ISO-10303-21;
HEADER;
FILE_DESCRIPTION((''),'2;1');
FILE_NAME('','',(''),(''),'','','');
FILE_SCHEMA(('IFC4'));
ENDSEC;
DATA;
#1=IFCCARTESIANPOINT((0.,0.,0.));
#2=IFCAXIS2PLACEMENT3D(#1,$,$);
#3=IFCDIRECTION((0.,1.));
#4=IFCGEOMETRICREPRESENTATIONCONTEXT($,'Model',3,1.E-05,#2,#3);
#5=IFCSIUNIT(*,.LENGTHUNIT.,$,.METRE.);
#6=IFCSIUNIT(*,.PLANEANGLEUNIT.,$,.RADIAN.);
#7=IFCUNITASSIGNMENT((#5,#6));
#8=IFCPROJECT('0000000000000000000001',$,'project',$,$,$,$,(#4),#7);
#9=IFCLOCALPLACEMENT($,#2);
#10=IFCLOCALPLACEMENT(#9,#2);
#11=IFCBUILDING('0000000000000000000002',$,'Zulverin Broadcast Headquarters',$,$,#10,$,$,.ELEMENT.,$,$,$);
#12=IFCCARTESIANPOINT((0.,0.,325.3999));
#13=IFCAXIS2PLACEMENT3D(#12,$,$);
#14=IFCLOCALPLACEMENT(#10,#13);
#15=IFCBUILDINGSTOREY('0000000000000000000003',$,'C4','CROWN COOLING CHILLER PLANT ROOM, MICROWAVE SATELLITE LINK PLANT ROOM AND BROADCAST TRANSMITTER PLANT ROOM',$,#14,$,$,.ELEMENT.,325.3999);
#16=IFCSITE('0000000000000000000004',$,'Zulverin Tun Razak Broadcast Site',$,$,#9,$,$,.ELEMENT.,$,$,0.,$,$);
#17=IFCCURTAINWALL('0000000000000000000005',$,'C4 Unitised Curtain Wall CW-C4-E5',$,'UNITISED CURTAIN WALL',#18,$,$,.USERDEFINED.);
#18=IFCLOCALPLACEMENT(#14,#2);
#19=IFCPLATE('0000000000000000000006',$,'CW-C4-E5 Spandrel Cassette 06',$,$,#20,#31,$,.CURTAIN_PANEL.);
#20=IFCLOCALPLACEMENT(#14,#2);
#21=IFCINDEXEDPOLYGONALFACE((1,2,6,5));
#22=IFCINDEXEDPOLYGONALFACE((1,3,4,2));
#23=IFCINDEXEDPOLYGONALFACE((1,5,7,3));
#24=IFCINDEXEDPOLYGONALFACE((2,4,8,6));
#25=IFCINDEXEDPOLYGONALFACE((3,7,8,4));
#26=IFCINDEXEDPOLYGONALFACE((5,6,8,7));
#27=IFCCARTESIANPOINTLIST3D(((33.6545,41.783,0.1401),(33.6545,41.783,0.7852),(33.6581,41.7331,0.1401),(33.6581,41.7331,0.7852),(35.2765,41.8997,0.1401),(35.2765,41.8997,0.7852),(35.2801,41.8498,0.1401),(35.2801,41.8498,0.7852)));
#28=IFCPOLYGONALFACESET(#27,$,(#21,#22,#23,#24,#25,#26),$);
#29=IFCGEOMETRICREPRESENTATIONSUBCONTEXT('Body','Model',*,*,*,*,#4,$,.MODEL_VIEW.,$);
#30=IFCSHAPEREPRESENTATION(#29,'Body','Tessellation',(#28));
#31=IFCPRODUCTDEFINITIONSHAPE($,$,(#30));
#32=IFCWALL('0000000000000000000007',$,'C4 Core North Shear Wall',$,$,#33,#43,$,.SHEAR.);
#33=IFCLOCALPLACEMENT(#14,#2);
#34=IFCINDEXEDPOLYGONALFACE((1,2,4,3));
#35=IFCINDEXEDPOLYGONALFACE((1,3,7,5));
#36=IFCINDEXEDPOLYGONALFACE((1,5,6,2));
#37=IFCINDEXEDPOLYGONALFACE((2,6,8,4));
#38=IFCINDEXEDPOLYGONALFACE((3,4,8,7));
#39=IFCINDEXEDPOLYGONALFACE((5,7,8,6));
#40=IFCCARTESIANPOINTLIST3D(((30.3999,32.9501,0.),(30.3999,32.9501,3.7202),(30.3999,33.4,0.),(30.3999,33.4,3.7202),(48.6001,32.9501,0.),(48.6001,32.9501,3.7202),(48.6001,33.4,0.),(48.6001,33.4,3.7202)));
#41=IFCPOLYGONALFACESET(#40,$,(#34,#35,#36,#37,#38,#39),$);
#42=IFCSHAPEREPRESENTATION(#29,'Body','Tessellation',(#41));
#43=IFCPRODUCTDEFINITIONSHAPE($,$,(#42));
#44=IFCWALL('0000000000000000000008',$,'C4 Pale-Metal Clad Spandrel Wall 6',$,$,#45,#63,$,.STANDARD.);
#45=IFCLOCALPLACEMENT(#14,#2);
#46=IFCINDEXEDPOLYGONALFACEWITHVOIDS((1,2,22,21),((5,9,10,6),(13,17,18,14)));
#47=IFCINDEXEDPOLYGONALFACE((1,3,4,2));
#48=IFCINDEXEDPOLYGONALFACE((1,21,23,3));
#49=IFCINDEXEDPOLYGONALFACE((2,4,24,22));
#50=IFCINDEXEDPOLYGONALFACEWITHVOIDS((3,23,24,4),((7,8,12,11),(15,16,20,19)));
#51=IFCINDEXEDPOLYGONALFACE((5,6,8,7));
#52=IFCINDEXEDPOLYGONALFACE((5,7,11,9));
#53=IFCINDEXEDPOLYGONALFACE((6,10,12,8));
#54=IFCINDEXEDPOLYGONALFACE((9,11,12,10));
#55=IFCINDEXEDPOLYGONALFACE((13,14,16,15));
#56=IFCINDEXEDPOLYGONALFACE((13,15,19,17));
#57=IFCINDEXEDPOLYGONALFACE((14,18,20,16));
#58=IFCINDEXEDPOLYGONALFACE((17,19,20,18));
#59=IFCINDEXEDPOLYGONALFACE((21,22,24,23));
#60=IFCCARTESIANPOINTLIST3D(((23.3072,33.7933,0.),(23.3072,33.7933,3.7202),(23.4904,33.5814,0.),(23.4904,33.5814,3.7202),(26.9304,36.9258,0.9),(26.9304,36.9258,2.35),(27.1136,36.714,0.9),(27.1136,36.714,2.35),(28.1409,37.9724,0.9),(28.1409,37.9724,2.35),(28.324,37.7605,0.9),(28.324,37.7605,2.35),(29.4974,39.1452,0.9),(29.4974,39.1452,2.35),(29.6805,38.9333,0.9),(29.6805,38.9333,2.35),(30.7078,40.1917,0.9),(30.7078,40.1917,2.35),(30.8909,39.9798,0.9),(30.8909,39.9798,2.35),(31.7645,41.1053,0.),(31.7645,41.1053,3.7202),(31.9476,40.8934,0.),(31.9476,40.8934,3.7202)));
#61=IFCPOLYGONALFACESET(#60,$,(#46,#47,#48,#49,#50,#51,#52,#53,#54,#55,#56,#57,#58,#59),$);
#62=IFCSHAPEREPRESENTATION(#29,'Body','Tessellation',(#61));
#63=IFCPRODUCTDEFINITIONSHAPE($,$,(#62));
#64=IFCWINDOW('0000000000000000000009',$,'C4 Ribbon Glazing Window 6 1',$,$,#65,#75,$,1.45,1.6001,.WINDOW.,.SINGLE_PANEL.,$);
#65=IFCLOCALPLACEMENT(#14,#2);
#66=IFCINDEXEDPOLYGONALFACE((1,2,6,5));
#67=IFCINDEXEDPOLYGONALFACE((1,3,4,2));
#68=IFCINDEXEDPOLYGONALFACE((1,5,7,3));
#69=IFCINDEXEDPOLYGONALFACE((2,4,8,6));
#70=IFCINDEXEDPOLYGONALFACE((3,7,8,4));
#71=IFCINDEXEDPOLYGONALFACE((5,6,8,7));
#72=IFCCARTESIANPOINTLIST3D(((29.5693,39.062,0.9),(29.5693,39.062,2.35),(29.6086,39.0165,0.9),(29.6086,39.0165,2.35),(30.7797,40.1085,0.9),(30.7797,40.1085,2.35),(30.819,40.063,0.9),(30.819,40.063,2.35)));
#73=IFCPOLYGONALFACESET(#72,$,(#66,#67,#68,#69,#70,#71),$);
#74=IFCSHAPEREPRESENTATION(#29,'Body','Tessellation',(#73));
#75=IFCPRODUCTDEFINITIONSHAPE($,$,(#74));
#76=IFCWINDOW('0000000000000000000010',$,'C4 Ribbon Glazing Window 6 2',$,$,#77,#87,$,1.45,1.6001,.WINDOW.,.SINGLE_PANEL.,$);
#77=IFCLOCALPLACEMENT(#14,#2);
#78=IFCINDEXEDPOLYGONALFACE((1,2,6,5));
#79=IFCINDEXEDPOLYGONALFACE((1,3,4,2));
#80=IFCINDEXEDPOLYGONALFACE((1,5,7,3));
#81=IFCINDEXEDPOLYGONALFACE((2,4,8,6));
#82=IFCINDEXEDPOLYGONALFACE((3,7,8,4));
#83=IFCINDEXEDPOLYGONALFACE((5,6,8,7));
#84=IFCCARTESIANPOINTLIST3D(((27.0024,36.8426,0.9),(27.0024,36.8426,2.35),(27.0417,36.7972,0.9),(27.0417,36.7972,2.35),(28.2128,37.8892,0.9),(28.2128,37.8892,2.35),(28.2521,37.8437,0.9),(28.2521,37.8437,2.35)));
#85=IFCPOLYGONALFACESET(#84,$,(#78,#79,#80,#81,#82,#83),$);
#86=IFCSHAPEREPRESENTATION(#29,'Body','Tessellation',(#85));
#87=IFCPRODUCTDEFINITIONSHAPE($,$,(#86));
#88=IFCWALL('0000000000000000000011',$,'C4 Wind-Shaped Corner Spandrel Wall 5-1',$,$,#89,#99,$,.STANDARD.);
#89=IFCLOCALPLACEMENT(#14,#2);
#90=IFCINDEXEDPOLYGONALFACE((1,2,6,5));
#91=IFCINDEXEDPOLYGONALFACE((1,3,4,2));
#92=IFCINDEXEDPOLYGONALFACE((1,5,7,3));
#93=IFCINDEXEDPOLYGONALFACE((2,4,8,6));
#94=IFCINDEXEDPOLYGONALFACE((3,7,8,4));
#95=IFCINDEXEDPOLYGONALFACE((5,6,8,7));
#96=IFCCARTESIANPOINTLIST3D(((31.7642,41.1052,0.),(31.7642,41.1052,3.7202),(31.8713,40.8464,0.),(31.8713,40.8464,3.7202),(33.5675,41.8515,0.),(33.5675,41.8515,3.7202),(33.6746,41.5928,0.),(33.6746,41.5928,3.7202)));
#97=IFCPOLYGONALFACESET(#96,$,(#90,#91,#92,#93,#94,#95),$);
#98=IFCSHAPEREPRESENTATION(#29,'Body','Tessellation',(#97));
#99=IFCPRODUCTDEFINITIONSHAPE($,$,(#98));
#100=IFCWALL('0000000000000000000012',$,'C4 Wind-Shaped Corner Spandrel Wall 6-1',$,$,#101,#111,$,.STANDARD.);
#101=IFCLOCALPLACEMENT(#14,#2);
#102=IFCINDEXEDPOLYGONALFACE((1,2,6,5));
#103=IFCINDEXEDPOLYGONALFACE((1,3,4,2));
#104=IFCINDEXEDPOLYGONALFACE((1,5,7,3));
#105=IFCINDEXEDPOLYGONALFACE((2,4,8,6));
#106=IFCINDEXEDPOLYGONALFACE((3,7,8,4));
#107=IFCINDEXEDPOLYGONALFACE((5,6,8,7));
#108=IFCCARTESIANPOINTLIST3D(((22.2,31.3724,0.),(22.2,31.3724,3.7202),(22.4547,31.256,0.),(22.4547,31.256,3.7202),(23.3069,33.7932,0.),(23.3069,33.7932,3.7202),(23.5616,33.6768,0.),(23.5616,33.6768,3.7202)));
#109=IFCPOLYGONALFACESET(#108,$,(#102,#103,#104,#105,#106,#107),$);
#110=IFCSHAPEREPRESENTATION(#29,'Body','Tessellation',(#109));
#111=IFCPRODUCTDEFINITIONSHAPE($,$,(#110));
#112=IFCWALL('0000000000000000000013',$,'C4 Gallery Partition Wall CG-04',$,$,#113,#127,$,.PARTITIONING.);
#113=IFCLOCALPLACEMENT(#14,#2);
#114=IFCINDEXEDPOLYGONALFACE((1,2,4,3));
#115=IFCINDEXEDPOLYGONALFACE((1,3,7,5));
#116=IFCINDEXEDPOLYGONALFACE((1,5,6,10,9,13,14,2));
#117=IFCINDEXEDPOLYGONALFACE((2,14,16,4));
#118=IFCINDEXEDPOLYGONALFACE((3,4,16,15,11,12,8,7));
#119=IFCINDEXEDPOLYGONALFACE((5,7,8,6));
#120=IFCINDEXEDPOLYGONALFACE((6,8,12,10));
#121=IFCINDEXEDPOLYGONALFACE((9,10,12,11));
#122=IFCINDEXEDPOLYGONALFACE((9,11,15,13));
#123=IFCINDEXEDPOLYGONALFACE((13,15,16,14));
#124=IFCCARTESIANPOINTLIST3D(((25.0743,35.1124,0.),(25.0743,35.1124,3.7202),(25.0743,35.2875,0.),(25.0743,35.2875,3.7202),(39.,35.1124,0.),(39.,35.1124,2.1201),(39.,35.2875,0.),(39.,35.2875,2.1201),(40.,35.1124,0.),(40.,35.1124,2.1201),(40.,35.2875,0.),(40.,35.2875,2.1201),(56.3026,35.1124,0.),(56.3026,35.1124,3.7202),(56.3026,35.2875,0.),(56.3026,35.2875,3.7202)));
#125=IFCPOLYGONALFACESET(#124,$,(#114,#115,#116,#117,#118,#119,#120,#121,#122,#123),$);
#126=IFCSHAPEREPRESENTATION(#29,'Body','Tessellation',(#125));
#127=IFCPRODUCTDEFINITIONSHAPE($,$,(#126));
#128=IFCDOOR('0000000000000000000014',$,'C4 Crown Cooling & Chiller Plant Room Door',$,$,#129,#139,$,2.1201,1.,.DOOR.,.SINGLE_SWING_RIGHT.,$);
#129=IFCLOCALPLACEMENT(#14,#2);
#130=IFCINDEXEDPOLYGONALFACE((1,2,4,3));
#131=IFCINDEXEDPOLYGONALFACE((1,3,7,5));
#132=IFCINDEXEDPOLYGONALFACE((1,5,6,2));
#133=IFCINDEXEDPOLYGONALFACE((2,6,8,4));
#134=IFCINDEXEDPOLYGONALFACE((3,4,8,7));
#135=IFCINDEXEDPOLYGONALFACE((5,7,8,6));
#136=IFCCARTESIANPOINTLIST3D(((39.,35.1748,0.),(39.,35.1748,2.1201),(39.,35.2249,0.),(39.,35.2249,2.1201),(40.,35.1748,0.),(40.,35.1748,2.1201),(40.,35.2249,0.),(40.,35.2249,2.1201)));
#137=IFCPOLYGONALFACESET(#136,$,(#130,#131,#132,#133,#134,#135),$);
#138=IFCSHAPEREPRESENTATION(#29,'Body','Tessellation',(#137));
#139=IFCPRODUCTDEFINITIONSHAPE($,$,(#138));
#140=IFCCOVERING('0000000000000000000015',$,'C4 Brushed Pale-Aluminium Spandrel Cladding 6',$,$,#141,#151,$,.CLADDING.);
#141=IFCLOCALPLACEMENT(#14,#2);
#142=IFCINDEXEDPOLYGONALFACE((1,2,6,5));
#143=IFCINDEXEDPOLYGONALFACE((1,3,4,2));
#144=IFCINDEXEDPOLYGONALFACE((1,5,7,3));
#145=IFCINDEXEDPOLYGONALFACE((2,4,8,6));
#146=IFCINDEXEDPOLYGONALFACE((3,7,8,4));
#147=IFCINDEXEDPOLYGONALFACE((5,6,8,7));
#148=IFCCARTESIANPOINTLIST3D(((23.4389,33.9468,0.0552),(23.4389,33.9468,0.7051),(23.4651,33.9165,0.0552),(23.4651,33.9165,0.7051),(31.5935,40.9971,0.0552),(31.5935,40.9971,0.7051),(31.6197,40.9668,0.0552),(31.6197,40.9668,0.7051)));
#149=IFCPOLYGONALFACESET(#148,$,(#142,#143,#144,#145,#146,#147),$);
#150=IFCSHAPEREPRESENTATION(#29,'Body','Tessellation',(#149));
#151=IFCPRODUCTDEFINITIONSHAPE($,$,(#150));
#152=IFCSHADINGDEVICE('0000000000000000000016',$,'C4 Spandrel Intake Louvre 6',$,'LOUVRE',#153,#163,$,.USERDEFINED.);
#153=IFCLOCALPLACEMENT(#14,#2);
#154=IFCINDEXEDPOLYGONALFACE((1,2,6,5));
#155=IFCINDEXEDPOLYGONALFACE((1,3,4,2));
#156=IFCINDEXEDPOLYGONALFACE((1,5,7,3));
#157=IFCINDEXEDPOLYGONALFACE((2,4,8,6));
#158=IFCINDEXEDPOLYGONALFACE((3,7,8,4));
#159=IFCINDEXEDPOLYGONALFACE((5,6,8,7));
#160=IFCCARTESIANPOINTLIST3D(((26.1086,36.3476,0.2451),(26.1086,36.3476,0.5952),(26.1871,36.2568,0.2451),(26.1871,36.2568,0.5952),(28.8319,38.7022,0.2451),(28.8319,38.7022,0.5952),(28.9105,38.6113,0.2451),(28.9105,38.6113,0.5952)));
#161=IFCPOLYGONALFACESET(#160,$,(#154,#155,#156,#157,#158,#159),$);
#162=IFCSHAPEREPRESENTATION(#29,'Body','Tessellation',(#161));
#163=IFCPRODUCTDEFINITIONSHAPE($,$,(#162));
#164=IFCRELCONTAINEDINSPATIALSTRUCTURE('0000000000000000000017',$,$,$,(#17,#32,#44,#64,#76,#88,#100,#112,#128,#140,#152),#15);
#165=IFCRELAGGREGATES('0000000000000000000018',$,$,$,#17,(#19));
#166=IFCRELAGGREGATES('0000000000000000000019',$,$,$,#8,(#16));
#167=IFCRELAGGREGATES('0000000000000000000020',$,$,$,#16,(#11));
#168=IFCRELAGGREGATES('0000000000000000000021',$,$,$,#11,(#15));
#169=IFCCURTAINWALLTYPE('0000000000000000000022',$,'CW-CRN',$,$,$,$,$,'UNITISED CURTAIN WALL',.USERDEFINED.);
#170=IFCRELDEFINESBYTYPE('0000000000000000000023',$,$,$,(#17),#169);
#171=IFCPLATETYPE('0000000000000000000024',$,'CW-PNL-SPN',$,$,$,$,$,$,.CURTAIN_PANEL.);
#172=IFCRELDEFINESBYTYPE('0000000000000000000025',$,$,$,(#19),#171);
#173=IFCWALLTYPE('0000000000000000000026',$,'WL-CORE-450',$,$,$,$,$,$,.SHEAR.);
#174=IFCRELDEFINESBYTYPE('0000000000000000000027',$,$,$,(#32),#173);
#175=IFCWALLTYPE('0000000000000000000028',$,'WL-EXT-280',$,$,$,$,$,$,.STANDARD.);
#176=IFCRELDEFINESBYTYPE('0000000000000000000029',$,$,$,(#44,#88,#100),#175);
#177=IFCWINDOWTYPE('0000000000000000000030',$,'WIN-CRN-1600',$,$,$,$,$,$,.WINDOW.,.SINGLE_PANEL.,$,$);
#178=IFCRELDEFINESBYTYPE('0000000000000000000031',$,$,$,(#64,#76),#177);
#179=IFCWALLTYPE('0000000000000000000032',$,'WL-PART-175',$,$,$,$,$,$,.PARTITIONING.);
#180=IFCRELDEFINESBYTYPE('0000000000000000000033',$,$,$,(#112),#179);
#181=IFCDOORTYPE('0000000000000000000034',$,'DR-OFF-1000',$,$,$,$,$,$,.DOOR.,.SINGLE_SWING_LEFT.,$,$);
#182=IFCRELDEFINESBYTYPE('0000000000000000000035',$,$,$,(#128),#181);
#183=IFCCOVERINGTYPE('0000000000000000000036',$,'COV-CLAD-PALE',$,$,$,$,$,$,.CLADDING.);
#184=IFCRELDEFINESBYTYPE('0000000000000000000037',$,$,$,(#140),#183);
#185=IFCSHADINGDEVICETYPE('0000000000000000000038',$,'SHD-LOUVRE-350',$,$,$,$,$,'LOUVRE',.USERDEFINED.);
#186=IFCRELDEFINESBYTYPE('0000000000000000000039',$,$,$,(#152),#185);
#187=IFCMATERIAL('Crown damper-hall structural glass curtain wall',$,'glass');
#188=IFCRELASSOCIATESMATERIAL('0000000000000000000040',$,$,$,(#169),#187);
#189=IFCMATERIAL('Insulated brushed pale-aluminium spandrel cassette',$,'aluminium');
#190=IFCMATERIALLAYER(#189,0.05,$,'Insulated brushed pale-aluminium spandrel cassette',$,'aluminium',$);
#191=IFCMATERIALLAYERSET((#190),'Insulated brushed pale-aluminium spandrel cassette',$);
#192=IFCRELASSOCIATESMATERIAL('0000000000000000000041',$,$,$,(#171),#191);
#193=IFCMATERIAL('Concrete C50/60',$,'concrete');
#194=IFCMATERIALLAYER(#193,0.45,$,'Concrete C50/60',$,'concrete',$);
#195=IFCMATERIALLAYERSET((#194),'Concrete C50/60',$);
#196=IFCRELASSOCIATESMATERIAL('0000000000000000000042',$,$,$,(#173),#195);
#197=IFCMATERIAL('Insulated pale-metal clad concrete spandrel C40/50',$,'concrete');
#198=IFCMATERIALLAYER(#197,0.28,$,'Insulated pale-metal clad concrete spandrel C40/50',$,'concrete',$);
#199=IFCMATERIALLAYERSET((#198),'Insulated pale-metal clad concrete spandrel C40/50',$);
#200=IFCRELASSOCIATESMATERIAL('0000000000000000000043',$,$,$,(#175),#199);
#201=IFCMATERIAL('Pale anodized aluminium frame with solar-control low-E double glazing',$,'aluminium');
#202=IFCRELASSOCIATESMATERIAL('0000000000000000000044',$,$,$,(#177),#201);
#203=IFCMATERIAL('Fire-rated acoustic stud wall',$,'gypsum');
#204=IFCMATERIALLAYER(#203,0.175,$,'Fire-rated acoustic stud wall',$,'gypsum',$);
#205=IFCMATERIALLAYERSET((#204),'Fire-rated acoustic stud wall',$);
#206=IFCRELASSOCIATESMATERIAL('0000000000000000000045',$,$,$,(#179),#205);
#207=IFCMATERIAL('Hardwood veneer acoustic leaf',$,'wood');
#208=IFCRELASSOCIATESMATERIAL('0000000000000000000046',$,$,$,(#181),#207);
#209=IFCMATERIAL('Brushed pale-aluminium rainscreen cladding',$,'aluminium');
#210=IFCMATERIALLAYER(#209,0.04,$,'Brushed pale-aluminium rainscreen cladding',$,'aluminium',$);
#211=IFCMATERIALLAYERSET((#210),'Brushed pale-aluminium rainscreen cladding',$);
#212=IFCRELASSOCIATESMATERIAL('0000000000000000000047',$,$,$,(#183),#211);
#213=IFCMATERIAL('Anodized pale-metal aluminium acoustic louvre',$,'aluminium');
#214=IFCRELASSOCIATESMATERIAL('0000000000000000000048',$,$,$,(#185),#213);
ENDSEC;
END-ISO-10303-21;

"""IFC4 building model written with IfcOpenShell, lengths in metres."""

from ifc_helpers import new_model, si_unit, direction, frame, frame_2d, origin, origin_2d, place, context, subcontext, project, spatial, rectangle, extrude, material, layer, layer_set, type_object, element, fill, aggregate, save


model = new_model("IFC4")

# Units and contexts
model_context = context("Model", 3, precision=1e-05, world=origin(), true_north=direction((0.0, 1.0)))
body_context = subcontext(model_context, "Body", "Model", "MODEL_VIEW")
ifc_project = project(units=[si_unit("LENGTHUNIT", "METRE"), si_unit("PLANEANGLEUNIT", "RADIAN")], contexts=[model_context])

# Site, building, storey
site_placement = place(None, origin())
site = spatial("IfcSite", under=ifc_project, at=site_placement, Name="Zulverin Tun Razak Broadcast Site", CompositionType="ELEMENT", RefElevation=0.0)
building_placement = place(site_placement, origin())
building = spatial("IfcBuilding", under=site, at=building_placement, Name="Zulverin Broadcast Headquarters", CompositionType="ELEMENT")
storey_placement = place(building_placement, frame((0.0, 0.0, 325.3999)))
storey = spatial("IfcBuildingStorey", under=building, at=storey_placement, Name="C4", Description="CROWN COOLING CHILLER PLANT ROOM, MICROWAVE SATELLITE LINK PLANT ROOM AND BROADCAST TRANSMITTER PLANT ROOM", CompositionType="ELEMENT", Elevation=325.3999)

# Shared definitions
ifc_material_1 = material(Name="Concrete C50/60", Category="concrete")

# Curtain wall, plate
ifc_material_2 = material(Name="Crown damper-hall structural glass curtain wall", Category="glass")
curtain_wall_type = type_object("IfcCurtainWallType", Name="CW-CRN", ElementType="UNITISED CURTAIN WALL", PredefinedType="USERDEFINED", material=ifc_material_2)
curtain_wall_placement = place(storey_placement, origin())
curtain_wall = element("IfcCurtainWall", 1, at=curtain_wall_placement, inside=storey, type_object=curtain_wall_type, Name="C4 Unitised Curtain Wall CW-C4-E5", ObjectType="UNITISED CURTAIN WALL", PredefinedType="USERDEFINED")
ifc_material_3 = material(Name="Insulated brushed pale-aluminium spandrel cassette", Category="aluminium")
ifc_layer_1 = layer(ifc_material_3, 0.05, Name="Insulated brushed pale-aluminium spandrel cassette", Category="aluminium")
ifc_layer_set_1 = layer_set([ifc_layer_1], Name="Insulated brushed pale-aluminium spandrel cassette")
plate_type_1 = type_object("IfcPlateType", Name="CW-PNL-SPN", PredefinedType="CURTAIN_PANEL", material=ifc_layer_set_1)
plate_1_placement = place(storey_placement, frame((34.4673, 41.8164, 0.1401), z_axis=(0.0, 0.0, 1.0), x_axis=(-0.997421, -0.071771, 0.0)))
plate_1 = element("IfcPlate", 2, at=plate_1_placement, type_object=plate_type_1, Name="CW-C4-E5 Spandrel Cassette 06", PredefinedType="CURTAIN_PANEL", context=body_context, shape_type="SweptSolid", body=[
    extrude(rectangle(XDim=1.6262, YDim=0.05, at=origin_2d()), origin(), (0.0, 0.0, 1.0), 0.645),
])
aggregate(curtain_wall, [plate_1])

# Wall
ifc_layer_2 = layer(ifc_material_1, 0.45, Name="Concrete C50/60", Category="concrete")
ifc_layer_set_2 = layer_set([ifc_layer_2], Name="Concrete C50/60")
wall_type_1 = type_object("IfcWallType", Name="WL-CORE-450", PredefinedType="SHEAR", material=ifc_layer_set_2)
wall_1_placement = place(storey_placement, frame((30.3999, 33.175, 0.0), z_axis=(0.0, 0.0, 1.0), x_axis=(1.0, 0.0, 0.0)))
element("IfcWall", 3, at=wall_1_placement, inside=storey, type_object=wall_type_1, Name="C4 Core North Shear Wall", PredefinedType="SHEAR", context=body_context, shape_type="SweptSolid", body=[
    extrude(rectangle(XDim=18.2002, YDim=0.45, at=frame_2d((9.1001, 0.0))), origin(), (0.0, 0.0, 1.0), 3.7202),
])

# Wall, openings, windows
ifc_material_4 = material(Name="Insulated pale-metal clad concrete spandrel C40/50", Category="concrete")
ifc_layer_3 = layer(ifc_material_4, 0.28, Name="Insulated pale-metal clad concrete spandrel C40/50", Category="concrete")
ifc_layer_set_3 = layer_set([ifc_layer_3], Name="Insulated pale-metal clad concrete spandrel C40/50")
wall_type_2 = type_object("IfcWallType", Name="WL-EXT-280", PredefinedType="STANDARD", material=ifc_layer_set_3)
wall_2_placement = place(storey_placement, frame((31.856, 40.9993, 0.0), z_axis=(0.0, 0.0, 1.0), x_axis=(-0.756469, -0.65403, 0.0)))
wall_2 = element("IfcWall", 4, at=wall_2_placement, inside=storey, type_object=wall_type_2, Name="C4 Pale-Metal Clad Spandrel Wall 6", PredefinedType="STANDARD", context=body_context, shape_type="SweptSolid", body=[
    extrude(rectangle(XDim=11.1799, YDim=0.28, at=frame_2d((5.5898, 0.0))), origin(), (0.0, 0.0, 1.0), 3.7202),
])
opening_1_placement = place(wall_2_placement, frame((1.3967, 0.0, 0.8999)))
opening_1 = element("IfcOpeningElement", 5, at=opening_1_placement, cuts=wall_2, PredefinedType="OPENING", context=body_context, shape_type="SweptSolid", body=[
    extrude(rectangle(XDim=1.6001, YDim=1.45, at=frame_2d((0.8, 0.7251))), frame((0.0, 0.1499, 0.0), z_axis=(0.0, -1.0, 0.0), x_axis=(1.0, 0.0, 0.0)), (0.0, 0.0, 1.0), 0.3),
])
opening_2_placement = place(wall_2_placement, frame((4.79, 0.0, 0.8999)))
opening_2 = element("IfcOpeningElement", 6, at=opening_2_placement, cuts=wall_2, PredefinedType="OPENING", context=body_context, shape_type="SweptSolid", body=[
    extrude(rectangle(XDim=1.6001, YDim=1.45, at=frame_2d((0.8, 0.7251))), frame((0.0, 0.1499, 0.0), z_axis=(0.0, -1.0, 0.0), x_axis=(1.0, 0.0, 0.0)), (0.0, 0.0, 1.0), 0.3),
])
ifc_material_5 = material(Name="Pale anodized aluminium frame with solar-control low-E double glazing", Category="aluminium")
window_type = type_object("IfcWindowType", Name="WIN-CRN-1600", PartitioningType="SINGLE_PANEL", PredefinedType="WINDOW", material=ifc_material_5)
window_1_placement = place(opening_1_placement, origin())
window_1 = element("IfcWindow", 7, at=window_1_placement, inside=storey, type_object=window_type, Name="C4 Ribbon Glazing Window 6 1", OverallHeight=1.45, OverallWidth=1.6001, PartitioningType="SINGLE_PANEL", PredefinedType="WINDOW", context=body_context, shape_type="SweptSolid", body=[
    extrude(rectangle(XDim=1.6001, YDim=1.45, at=frame_2d((0.8, 0.7251))), frame((0.0, 0.03, 0.0), z_axis=(0.0, -1.0, 0.0), x_axis=(1.0, 0.0, 0.0)), (0.0, 0.0, 1.0), 0.0601),
])
fill(opening_1, window_1)
window_2_placement = place(opening_2_placement, origin())
window_2 = element("IfcWindow", 8, at=window_2_placement, inside=storey, type_object=window_type, Name="C4 Ribbon Glazing Window 6 2", OverallHeight=1.45, OverallWidth=1.6001, PartitioningType="SINGLE_PANEL", PredefinedType="WINDOW", context=body_context, shape_type="SweptSolid", body=[
    extrude(rectangle(XDim=1.6001, YDim=1.45, at=frame_2d((0.8, 0.7251))), frame((0.0, 0.03, 0.0), z_axis=(0.0, -1.0, 0.0), x_axis=(1.0, 0.0, 0.0)), (0.0, 0.0, 1.0), 0.0601),
])
fill(opening_2, window_2)

# Walls
wall_3_placement = place(storey_placement, frame((33.6211, 41.7222, 0.0), z_axis=(0.0, 0.0, 1.0), x_axis=(-0.923985, -0.382429, 0.0)))
element("IfcWall", 9, at=wall_3_placement, inside=storey, type_object=wall_type_2, Name="C4 Wind-Shaped Corner Spandrel Wall 5-1", PredefinedType="STANDARD", context=body_context, shape_type="SweptSolid", body=[
    extrude(rectangle(XDim=1.9517, YDim=0.28, at=frame_2d((0.9758, 0.0))), origin(), (0.0, 0.0, 1.0), 3.7202),
])
wall_4_placement = place(storey_placement, frame((23.4343, 33.7351, 0.0), z_axis=(0.0, 0.0, 1.0), x_axis=(-0.415833, -0.909441, 0.0)))
element("IfcWall", 10, at=wall_4_placement, inside=storey, type_object=wall_type_2, Name="C4 Wind-Shaped Corner Spandrel Wall 6-1", PredefinedType="STANDARD", context=body_context, shape_type="SweptSolid", body=[
    extrude(rectangle(XDim=2.6619, YDim=0.28, at=frame_2d((1.3311, 0.0))), origin(), (0.0, 0.0, 1.0), 3.7202),
])

# Wall, opening, door
ifc_material_6 = material(Name="Fire-rated acoustic stud wall", Category="gypsum")
ifc_layer_4 = layer(ifc_material_6, 0.175, Name="Fire-rated acoustic stud wall", Category="gypsum")
ifc_layer_set_4 = layer_set([ifc_layer_4], Name="Fire-rated acoustic stud wall")
wall_type_3 = type_object("IfcWallType", Name="WL-PART-175", PredefinedType="PARTITIONING", material=ifc_layer_set_4)
wall_5_placement = place(storey_placement, frame((25.0742, 35.2, 0.0), z_axis=(0.0, 0.0, 1.0), x_axis=(1.0, 0.0, 0.0)))
wall_5 = element("IfcWall", 11, at=wall_5_placement, inside=storey, type_object=wall_type_3, Name="C4 Gallery Partition Wall CG-04", PredefinedType="PARTITIONING", context=body_context, shape_type="SweptSolid", body=[
    extrude(rectangle(XDim=31.2283, YDim=0.175, at=frame_2d((15.6143, 0.0))), origin(), (0.0, 0.0, 1.0), 3.7202),
])
opening_3_placement = place(wall_5_placement, frame((13.9258, 0.0, 0.0)))
opening_3 = element("IfcOpeningElement", 12, at=opening_3_placement, cuts=wall_5, PredefinedType="OPENING", context=body_context, shape_type="SweptSolid", body=[
    extrude(rectangle(XDim=1.0, YDim=2.1201, at=frame_2d((0.5, 1.0601))), frame((0.0, 0.0974, 0.0), z_axis=(0.0, -1.0, 0.0), x_axis=(1.0, 0.0, 0.0)), (0.0, 0.0, 1.0), 0.1951),
])
ifc_material_7 = material(Name="Hardwood veneer acoustic leaf", Category="wood")
door_type = type_object("IfcDoorType", Name="DR-OFF-1000", OperationType="SINGLE_SWING_LEFT", PredefinedType="DOOR", material=ifc_material_7)
door_placement = place(opening_3_placement, origin())
door = element("IfcDoor", 13, at=door_placement, inside=storey, type_object=door_type, Name="C4 Crown Cooling & Chiller Plant Room Door", OperationType="SINGLE_SWING_RIGHT", OverallHeight=2.1201, OverallWidth=1.0, PredefinedType="DOOR", context=body_context, shape_type="SweptSolid", body=[
    extrude(rectangle(XDim=1.0, YDim=2.1201, at=frame_2d((0.5, 1.0601))), frame((0.0, 0.0249, 0.0), z_axis=(0.0, -1.0, 0.0), x_axis=(1.0, 0.0, 0.0)), (0.0, 0.0, 1.0), 0.05),
])
fill(opening_3, door)

# Covering
ifc_material_8 = material(Name="Brushed pale-aluminium rainscreen cladding", Category="aluminium")
ifc_layer_5 = layer(ifc_material_8, 0.04, Name="Brushed pale-aluminium rainscreen cladding", Category="aluminium")
ifc_layer_set_5 = layer_set([ifc_layer_5], Name="Brushed pale-aluminium rainscreen cladding")
covering_type = type_object("IfcCoveringType", Name="COV-CLAD-PALE", PredefinedType="CLADDING", material=ifc_layer_set_5)
covering_placement = place(storey_placement, frame((27.5293, 37.4568, 0.0552), z_axis=(0.0, 0.0, 1.0), x_axis=(-0.75647, -0.654028, 0.0)))
element("IfcCovering", 14, at=covering_placement, inside=storey, type_object=covering_type, Name="C4 Brushed Pale-Aluminium Spandrel Cladding 6", PredefinedType="CLADDING", context=body_context, shape_type="SweptSolid", body=[
    extrude(rectangle(XDim=10.7798, YDim=0.04, at=origin_2d()), origin(), (0.0, 0.0, 1.0), 0.6499),
])

# Shading device
ifc_material_9 = material(Name="Anodized pale-metal aluminium acoustic louvre", Category="aluminium")
shading_device_type_1 = type_object("IfcShadingDeviceType", Name="SHD-LOUVRE-350", ElementType="LOUVRE", PredefinedType="USERDEFINED", material=ifc_material_9)
shading_device_1_placement = place(storey_placement, frame((27.5095, 37.4795, 0.2451), z_axis=(0.0, 0.0, 1.0), x_axis=(-0.75647, -0.654028, 0.0)))
element("IfcShadingDevice", 15, at=shading_device_1_placement, inside=storey, type_object=shading_device_type_1, Name="C4 Spandrel Intake Louvre 6", ObjectType="LOUVRE", PredefinedType="USERDEFINED", context=body_context, shape_type="SweptSolid", body=[
    extrude(rectangle(XDim=3.6001, YDim=0.1201, at=origin_2d()), origin(), (0.0, 0.0, 1.0), 0.3501),
])

save(model, "model.ifc")
